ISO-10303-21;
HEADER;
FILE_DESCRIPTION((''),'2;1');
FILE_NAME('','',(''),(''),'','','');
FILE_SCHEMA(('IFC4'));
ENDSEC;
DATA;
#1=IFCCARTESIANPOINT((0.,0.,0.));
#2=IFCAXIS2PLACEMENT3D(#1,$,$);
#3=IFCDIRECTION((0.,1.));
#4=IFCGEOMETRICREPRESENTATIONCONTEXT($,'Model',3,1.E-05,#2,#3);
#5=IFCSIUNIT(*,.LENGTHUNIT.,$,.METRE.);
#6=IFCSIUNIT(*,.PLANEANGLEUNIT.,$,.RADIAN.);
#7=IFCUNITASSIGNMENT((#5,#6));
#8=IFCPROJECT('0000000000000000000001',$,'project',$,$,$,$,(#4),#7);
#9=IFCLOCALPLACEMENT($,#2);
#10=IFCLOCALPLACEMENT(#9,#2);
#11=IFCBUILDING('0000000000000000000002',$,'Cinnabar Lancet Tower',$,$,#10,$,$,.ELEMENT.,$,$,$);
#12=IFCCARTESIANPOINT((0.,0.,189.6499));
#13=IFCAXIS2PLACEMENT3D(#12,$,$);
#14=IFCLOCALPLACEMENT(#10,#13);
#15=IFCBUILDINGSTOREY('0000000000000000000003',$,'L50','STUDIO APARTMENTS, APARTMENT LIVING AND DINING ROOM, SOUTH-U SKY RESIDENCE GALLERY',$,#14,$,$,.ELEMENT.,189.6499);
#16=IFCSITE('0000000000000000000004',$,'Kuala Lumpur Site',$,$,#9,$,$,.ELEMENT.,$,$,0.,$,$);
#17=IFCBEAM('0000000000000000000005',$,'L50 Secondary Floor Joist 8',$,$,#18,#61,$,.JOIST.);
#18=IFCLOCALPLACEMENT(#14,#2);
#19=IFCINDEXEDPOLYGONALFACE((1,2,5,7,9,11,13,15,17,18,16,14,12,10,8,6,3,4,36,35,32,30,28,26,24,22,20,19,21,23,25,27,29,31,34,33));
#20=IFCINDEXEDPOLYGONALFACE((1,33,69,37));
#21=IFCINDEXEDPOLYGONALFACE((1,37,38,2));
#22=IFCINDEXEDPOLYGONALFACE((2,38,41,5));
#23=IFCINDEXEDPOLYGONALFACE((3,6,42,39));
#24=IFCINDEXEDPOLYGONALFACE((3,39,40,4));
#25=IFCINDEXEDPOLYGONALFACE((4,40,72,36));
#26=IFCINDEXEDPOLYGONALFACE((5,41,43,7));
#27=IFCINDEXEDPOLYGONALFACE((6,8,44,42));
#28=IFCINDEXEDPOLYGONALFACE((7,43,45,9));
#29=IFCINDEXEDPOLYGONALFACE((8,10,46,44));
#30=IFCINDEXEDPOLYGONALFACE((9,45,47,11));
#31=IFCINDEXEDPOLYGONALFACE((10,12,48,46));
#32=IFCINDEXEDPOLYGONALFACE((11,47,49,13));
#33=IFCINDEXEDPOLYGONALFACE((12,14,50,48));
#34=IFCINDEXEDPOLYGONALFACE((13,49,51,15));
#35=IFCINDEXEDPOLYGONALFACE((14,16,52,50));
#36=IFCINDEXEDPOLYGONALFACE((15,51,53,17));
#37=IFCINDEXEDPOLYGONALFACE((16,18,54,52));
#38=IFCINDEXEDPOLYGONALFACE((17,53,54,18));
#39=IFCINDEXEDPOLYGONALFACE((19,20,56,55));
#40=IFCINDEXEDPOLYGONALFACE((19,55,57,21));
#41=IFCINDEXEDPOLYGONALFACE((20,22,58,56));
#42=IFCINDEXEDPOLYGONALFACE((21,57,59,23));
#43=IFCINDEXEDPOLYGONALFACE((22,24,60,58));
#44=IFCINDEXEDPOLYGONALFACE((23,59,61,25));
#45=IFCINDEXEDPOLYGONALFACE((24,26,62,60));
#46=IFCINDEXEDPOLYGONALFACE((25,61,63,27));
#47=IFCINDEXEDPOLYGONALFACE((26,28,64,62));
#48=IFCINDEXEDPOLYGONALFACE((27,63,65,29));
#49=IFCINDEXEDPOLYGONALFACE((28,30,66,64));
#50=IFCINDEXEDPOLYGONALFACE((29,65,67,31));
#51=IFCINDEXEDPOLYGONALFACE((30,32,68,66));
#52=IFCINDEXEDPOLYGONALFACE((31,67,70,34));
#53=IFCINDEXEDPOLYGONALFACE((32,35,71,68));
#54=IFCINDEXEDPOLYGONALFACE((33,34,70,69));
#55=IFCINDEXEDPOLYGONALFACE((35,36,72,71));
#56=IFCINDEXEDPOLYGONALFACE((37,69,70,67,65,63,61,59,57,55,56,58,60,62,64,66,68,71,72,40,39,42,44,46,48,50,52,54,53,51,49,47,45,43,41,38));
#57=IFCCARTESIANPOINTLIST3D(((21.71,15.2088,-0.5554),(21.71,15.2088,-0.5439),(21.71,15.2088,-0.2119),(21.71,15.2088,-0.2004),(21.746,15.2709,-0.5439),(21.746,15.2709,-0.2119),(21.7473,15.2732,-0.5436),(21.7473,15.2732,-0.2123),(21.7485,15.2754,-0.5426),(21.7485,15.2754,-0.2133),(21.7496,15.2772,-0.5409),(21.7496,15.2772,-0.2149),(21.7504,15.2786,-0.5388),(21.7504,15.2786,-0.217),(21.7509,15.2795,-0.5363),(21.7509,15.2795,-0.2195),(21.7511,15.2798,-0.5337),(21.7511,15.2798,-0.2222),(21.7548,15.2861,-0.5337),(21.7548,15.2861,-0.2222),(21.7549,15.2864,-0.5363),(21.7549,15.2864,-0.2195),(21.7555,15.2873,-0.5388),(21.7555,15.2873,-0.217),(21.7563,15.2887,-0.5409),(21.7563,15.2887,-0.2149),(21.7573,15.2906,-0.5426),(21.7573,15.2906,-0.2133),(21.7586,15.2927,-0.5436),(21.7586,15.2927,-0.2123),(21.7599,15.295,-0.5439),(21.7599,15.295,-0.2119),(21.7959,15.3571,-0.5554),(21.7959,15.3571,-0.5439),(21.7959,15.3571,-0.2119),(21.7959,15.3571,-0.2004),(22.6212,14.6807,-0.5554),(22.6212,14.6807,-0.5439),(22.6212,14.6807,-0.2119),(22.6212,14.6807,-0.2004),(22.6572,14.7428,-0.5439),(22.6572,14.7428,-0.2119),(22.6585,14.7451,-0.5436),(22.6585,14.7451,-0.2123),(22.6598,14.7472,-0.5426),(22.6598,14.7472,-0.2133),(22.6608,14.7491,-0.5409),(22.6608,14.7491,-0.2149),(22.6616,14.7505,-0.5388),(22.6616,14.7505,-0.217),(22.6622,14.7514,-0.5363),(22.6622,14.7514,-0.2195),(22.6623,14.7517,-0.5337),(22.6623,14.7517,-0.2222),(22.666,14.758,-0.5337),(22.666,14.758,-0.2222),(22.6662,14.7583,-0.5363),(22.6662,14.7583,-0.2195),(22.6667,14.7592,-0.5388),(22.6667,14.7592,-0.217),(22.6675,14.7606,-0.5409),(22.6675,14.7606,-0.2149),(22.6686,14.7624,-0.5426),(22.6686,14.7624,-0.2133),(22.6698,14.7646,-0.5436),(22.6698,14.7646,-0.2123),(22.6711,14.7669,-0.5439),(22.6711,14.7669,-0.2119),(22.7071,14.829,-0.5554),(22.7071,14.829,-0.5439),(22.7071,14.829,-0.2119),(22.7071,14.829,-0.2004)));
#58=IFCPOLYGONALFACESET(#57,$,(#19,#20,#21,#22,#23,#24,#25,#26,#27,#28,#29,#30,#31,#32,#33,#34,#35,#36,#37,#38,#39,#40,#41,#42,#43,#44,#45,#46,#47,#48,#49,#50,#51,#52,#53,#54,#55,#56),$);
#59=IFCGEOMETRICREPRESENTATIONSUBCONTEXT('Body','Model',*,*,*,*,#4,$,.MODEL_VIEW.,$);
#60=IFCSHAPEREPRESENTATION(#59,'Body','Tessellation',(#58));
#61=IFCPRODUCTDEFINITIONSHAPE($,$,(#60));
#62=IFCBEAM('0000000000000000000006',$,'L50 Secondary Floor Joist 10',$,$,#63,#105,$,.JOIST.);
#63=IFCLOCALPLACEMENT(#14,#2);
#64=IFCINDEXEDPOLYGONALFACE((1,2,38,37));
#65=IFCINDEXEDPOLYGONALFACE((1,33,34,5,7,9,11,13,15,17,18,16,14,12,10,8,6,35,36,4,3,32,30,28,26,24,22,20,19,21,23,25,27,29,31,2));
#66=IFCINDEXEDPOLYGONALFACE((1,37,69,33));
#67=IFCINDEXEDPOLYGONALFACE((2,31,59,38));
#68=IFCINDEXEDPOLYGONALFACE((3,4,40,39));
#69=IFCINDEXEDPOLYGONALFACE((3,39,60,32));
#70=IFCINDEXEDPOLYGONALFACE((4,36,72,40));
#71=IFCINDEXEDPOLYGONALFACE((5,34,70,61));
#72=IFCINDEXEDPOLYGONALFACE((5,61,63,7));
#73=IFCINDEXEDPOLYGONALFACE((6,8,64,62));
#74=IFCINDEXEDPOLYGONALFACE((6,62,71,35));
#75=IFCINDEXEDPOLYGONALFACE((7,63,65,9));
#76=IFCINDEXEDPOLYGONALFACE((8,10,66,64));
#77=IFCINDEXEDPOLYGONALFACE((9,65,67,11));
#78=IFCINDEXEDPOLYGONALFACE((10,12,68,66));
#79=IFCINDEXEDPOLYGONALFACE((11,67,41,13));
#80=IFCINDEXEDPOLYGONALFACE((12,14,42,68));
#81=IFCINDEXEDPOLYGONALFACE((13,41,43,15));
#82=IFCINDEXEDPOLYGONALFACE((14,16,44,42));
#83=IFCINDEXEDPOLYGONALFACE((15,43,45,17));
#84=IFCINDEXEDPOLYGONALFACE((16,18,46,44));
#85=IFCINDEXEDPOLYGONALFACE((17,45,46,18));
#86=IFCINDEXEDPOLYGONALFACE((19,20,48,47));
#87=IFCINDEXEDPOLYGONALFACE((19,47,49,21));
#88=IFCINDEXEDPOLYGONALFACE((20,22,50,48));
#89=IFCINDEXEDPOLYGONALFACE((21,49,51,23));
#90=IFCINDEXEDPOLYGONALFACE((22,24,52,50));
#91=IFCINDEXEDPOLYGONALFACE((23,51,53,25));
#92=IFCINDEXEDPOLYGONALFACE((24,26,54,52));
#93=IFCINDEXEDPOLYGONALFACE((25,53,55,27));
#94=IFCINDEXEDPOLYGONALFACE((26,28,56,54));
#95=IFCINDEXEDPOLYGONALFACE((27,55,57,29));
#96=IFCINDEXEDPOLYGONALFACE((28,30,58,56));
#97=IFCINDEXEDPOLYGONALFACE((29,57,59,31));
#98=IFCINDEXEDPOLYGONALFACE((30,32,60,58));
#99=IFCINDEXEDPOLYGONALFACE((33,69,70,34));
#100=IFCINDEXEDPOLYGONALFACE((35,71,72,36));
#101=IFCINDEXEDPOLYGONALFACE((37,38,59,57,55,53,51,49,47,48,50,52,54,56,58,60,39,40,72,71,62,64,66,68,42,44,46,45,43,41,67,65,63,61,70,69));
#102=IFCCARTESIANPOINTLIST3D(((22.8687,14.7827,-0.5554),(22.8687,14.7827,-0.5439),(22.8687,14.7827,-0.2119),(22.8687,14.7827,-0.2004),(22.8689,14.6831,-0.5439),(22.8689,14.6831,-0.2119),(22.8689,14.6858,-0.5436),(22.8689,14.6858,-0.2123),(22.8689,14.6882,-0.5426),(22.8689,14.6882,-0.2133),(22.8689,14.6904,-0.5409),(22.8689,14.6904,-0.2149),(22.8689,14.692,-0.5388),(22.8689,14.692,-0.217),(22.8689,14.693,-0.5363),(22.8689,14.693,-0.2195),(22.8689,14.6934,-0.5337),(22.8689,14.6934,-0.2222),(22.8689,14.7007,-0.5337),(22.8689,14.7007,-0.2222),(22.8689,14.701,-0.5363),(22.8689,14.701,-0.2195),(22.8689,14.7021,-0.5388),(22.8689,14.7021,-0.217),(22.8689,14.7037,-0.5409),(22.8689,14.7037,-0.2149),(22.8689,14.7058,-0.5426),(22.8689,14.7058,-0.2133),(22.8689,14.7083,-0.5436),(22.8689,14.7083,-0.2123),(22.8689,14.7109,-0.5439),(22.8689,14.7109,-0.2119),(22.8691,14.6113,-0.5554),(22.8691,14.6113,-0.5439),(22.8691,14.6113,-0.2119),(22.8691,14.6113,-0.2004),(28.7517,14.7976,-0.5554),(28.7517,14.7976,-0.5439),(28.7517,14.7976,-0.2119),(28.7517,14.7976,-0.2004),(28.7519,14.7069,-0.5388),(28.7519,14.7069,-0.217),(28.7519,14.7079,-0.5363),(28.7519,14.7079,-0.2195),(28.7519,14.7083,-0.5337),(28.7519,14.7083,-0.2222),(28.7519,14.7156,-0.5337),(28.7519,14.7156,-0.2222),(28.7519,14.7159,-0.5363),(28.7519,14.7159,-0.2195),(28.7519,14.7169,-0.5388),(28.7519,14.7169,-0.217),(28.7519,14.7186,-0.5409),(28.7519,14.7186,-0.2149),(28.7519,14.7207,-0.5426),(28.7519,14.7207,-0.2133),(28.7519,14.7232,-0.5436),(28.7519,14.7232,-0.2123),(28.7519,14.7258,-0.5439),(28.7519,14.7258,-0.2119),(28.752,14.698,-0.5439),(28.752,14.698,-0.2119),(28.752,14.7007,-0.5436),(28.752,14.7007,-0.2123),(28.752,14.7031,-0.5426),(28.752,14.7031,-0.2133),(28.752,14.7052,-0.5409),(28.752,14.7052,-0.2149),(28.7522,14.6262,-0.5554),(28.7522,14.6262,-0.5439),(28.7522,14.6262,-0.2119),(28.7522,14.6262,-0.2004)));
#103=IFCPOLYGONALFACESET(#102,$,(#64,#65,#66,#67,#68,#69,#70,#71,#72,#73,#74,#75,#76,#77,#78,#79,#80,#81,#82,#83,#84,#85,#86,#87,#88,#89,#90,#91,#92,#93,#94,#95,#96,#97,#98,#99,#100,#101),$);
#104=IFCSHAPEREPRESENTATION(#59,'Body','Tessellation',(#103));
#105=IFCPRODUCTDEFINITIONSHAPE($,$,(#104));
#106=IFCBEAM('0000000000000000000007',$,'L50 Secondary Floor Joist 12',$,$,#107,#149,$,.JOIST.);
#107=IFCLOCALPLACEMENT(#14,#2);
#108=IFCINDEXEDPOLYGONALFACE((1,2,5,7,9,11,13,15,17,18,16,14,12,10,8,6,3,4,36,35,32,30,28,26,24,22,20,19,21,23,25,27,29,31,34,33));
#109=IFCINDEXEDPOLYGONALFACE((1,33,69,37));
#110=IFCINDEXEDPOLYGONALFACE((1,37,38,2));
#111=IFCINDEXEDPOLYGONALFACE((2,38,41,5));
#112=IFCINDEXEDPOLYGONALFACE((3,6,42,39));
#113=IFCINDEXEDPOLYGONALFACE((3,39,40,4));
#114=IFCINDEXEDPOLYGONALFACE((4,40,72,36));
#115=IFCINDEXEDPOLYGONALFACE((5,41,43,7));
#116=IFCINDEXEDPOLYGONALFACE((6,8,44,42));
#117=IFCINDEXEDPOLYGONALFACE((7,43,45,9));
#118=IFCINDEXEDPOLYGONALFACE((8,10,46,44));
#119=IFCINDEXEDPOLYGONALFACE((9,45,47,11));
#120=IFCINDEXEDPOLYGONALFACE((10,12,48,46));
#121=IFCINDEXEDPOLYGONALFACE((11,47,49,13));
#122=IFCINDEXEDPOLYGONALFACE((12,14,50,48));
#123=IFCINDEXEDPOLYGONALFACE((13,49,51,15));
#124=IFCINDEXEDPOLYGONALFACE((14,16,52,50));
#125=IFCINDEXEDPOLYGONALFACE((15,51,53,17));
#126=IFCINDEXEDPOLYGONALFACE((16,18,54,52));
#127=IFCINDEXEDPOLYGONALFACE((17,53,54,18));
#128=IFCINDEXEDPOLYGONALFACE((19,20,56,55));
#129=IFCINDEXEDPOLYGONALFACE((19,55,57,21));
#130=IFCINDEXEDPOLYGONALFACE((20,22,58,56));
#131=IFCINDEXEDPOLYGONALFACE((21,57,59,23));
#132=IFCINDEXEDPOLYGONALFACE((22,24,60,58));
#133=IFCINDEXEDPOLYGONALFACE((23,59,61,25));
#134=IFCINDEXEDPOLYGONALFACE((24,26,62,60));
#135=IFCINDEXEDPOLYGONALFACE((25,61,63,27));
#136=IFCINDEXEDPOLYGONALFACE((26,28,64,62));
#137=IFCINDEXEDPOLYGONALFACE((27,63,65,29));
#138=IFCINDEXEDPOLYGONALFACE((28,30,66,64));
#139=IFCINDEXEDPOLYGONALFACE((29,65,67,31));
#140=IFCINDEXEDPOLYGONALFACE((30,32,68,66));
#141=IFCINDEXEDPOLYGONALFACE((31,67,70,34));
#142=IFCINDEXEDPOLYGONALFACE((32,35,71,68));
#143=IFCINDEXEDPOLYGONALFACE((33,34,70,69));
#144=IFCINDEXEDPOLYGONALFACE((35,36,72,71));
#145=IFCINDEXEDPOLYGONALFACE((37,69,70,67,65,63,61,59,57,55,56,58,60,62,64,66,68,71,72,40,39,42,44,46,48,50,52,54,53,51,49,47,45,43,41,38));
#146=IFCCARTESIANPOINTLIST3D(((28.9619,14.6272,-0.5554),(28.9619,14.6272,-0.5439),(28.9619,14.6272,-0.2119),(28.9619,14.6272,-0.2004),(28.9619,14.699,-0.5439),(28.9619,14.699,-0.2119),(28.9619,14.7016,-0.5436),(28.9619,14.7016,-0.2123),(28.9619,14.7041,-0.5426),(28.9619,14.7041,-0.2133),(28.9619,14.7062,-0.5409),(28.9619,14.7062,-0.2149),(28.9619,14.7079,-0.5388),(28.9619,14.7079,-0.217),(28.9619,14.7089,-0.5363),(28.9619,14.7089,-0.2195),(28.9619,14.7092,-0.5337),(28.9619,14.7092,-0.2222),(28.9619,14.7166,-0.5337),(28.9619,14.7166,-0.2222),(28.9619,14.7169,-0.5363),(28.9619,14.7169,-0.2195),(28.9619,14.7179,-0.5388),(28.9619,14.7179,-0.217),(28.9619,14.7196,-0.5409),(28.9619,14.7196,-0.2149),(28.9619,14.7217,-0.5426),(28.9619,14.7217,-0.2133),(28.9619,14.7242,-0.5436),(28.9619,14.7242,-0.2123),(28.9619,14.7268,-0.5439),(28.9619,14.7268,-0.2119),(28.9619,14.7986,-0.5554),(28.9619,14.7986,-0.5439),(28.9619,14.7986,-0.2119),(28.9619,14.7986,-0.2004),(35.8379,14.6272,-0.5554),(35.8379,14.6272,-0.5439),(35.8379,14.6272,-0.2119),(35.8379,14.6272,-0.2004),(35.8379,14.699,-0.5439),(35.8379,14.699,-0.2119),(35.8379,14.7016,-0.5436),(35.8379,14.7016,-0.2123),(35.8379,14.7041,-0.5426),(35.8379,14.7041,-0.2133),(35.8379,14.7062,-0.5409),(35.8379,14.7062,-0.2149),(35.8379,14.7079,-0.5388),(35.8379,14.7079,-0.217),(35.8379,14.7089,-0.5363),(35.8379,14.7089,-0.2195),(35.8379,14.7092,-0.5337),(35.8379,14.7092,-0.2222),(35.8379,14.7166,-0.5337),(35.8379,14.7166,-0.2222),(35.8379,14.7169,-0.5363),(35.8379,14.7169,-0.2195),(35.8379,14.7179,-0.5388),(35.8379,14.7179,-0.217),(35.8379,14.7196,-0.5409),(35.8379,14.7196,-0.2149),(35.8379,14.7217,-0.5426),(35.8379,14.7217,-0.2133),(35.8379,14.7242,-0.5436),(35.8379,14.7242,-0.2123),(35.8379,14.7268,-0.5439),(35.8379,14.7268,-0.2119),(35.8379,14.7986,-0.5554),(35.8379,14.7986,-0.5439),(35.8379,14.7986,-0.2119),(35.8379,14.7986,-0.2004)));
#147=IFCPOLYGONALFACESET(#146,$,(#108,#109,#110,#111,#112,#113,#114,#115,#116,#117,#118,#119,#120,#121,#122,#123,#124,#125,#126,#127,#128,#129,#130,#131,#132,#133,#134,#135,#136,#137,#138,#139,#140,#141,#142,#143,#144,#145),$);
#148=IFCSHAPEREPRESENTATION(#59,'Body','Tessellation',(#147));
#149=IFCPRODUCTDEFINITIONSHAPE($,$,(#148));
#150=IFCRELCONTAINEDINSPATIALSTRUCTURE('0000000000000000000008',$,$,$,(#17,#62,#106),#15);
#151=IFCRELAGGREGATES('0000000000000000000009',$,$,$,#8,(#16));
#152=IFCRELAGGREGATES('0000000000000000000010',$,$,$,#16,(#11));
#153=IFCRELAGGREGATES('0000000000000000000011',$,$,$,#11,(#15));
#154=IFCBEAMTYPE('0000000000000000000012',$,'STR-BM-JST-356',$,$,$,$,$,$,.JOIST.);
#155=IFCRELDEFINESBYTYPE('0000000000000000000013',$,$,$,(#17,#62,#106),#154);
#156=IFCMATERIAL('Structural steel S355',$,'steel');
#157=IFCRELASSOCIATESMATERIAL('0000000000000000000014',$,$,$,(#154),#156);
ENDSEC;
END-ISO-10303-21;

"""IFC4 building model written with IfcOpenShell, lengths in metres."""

from ifc_helpers import new_model, si_unit, direction, frame, origin, origin_2d, place, context, subcontext, project, spatial, i_section, extrude, material, material_profile, profile_set, type_object, element, save


model = new_model("IFC4")

# Units and contexts
model_context = context("Model", 3, precision=1e-05, world=origin(), true_north=direction((0.0, 1.0)))
body_context = subcontext(model_context, "Body", "Model", "MODEL_VIEW")
ifc_project = project(units=[si_unit("LENGTHUNIT", "METRE"), si_unit("PLANEANGLEUNIT", "RADIAN")], contexts=[model_context])

# Site, building, storey
site_placement = place(None, origin())
site = spatial("IfcSite", under=ifc_project, at=site_placement, Name="Kuala Lumpur Site", CompositionType="ELEMENT", RefElevation=0.0)
building_placement = place(site_placement, origin())
building = spatial("IfcBuilding", under=site, at=building_placement, Name="Cinnabar Lancet Tower", CompositionType="ELEMENT")
storey_placement = place(building_placement, frame((0.0, 0.0, 189.6499)))
storey = spatial("IfcBuildingStorey", under=building, at=storey_placement, Name="L50", Description="STUDIO APARTMENTS, APARTMENT LIVING AND DINING ROOM, SOUTH-U SKY RESIDENCE GALLERY", CompositionType="ELEMENT", Elevation=189.6499)

# Beams
ifc_material_1 = material(Name="Structural steel S355", Category="steel")
ifc_material_profile_1 = material_profile(ifc_material_1, i_section(OverallWidth=0.1714, OverallDepth=0.355, WebThickness=0.0073, FlangeThickness=0.0115, FilletRadius=0.0103, at=origin_2d()), Name="UKB 356x171x51")
ifc_profile_set_1 = profile_set([ifc_material_profile_1], Name="Structural steel S355")
beam_type_1 = type_object("IfcBeamType", Name="STR-BM-JST-356", PredefinedType="JOIST", material=ifc_profile_set_1)
beam_1_placement = place(storey_placement, frame((21.7529, 15.283, -0.3779), z_axis=(0.865188, -0.501447, 0.0), x_axis=(0.501447, 0.865188, 0.0)))
element("IfcBeam", 1, at=beam_1_placement, inside=storey, type_object=beam_type_1, Name="L50 Secondary Floor Joist 8", PredefinedType="JOIST", context=body_context, shape_type="SweptSolid", body=[
    extrude(i_section(OverallWidth=0.1714, OverallDepth=0.355, WebThickness=0.0073, FlangeThickness=0.0115, FilletRadius=0.0103, at=origin_2d()), origin(), (0.0, 0.0, 1.0), 1.0532),
])
beam_2_placement = place(storey_placement, frame((22.8689, 14.697, -0.3779), z_axis=(0.999997, 0.002531, 0.0), x_axis=(-0.002531, 0.999997, 0.0)))
element("IfcBeam", 2, at=beam_2_placement, inside=storey, type_object=beam_type_1, Name="L50 Secondary Floor Joist 10", PredefinedType="JOIST", context=body_context, shape_type="SweptSolid", body=[
    extrude(i_section(OverallWidth=0.1714, OverallDepth=0.355, WebThickness=0.0073, FlangeThickness=0.0115, FilletRadius=0.0103, at=origin_2d()), origin(), (0.0, 0.0, 1.0), 5.8831),
])
beam_3_placement = place(storey_placement, frame((28.9619, 14.7129, -0.3779), z_axis=(1.0, 0.0, 0.0), x_axis=(0.0, 1.0, 0.0)))
element("IfcBeam", 3, at=beam_3_placement, inside=storey, type_object=beam_type_1, Name="L50 Secondary Floor Joist 12", PredefinedType="JOIST", context=body_context, shape_type="SweptSolid", body=[
    extrude(i_section(OverallWidth=0.1714, OverallDepth=0.355, WebThickness=0.0073, FlangeThickness=0.0115, FilletRadius=0.0103, at=origin_2d()), origin(), (0.0, 0.0, 1.0), 6.876),
])

save(model, "model.ifc")
